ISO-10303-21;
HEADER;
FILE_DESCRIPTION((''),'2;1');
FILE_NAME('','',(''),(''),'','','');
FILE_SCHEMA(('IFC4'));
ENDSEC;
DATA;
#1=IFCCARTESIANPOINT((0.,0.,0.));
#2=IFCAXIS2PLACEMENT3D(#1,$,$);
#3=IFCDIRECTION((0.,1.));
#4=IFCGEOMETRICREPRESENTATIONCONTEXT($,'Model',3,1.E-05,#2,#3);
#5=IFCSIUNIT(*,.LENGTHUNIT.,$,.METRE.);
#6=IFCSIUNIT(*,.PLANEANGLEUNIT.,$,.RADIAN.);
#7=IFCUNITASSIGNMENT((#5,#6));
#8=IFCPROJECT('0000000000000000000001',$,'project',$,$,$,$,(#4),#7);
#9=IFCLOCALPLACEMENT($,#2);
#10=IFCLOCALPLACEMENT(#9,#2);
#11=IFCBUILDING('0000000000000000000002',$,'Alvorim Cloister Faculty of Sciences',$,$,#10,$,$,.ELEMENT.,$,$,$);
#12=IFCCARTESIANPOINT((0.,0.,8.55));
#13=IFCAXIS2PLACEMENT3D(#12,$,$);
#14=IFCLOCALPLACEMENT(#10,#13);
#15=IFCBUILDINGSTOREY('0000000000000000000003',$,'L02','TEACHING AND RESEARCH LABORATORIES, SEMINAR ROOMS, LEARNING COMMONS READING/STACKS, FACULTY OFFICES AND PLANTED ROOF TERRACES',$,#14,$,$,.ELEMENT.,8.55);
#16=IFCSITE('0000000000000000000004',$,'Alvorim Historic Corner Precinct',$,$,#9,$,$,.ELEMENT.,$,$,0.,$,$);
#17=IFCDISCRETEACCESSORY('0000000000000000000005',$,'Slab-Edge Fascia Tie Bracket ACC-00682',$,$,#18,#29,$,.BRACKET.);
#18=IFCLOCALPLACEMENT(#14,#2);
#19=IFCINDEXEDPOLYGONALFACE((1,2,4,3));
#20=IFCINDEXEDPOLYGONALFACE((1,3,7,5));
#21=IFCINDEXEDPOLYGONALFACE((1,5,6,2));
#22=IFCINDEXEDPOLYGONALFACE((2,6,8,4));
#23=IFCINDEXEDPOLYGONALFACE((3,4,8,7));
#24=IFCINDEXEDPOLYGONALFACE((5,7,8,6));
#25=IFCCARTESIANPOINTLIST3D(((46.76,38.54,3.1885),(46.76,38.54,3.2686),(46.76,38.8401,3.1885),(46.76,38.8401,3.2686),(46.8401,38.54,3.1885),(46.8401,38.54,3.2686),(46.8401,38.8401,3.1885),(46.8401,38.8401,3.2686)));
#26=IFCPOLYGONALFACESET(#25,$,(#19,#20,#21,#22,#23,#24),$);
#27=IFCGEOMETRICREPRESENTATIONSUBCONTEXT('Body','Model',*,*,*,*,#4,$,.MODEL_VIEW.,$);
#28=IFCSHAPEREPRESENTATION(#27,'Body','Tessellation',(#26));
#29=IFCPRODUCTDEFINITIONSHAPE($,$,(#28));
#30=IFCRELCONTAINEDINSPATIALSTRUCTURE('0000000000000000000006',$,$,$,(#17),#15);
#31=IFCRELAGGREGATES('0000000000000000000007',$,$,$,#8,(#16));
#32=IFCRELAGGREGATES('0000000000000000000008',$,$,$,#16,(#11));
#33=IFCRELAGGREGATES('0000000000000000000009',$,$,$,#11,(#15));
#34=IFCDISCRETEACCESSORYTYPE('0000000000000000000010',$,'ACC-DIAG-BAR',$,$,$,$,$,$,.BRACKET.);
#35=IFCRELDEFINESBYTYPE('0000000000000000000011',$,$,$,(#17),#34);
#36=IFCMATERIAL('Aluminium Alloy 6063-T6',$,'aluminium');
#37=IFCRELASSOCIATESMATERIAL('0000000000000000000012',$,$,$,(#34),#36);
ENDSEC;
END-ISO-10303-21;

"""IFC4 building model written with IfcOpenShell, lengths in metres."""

from ifc_helpers import new_model, si_unit, direction, frame, origin, origin_2d, place, context, subcontext, project, spatial, rectangle, extrude, material, type_object, element, save


model = new_model("IFC4")

# Units and contexts
model_context = context("Model", 3, precision=1e-05, world=origin(), true_north=direction((0.0, 1.0)))
body_context = subcontext(model_context, "Body", "Model", "MODEL_VIEW")
ifc_project = project(units=[si_unit("LENGTHUNIT", "METRE"), si_unit("PLANEANGLEUNIT", "RADIAN")], contexts=[model_context])

# Site, building, storey
site_placement = place(None, origin())
site = spatial("IfcSite", under=ifc_project, at=site_placement, Name="Alvorim Historic Corner Precinct", CompositionType="ELEMENT", RefElevation=0.0)
building_placement = place(site_placement, origin())
building = spatial("IfcBuilding", under=site, at=building_placement, Name="Alvorim Cloister Faculty of Sciences", CompositionType="ELEMENT")
storey_placement = place(building_placement, frame((0.0, 0.0, 8.55)))
storey = spatial("IfcBuildingStorey", under=building, at=storey_placement, Name="L02", Description="TEACHING AND RESEARCH LABORATORIES, SEMINAR ROOMS, LEARNING COMMONS READING/STACKS, FACULTY OFFICES AND PLANTED ROOF TERRACES", CompositionType="ELEMENT", Elevation=8.55)

# Shared definitions
ifc_material_1 = material(Name="Aluminium Alloy 6063-T6", Category="aluminium")

# Discrete accessory
discrete_accessory_type = type_object("IfcDiscreteAccessoryType", Name="ACC-DIAG-BAR", PredefinedType="BRACKET", material=ifc_material_1)
discrete_accessory_placement = place(storey_placement, frame((46.8, 38.8401, 3.2285), z_axis=(0.0, -1.0, 0.0), x_axis=(1.0, 0.0, 0.0)))
element("IfcDiscreteAccessory", 1, at=discrete_accessory_placement, inside=storey, type_object=discrete_accessory_type, Name="Slab-Edge Fascia Tie Bracket ACC-00682", PredefinedType="BRACKET", context=body_context, shape_type="SweptSolid", body=[
    extrude(rectangle(XDim=0.0801, YDim=0.0801, at=origin_2d()), origin(), (0.0, 0.0, 1.0), 0.3),
])

save(model, "model.ifc")
